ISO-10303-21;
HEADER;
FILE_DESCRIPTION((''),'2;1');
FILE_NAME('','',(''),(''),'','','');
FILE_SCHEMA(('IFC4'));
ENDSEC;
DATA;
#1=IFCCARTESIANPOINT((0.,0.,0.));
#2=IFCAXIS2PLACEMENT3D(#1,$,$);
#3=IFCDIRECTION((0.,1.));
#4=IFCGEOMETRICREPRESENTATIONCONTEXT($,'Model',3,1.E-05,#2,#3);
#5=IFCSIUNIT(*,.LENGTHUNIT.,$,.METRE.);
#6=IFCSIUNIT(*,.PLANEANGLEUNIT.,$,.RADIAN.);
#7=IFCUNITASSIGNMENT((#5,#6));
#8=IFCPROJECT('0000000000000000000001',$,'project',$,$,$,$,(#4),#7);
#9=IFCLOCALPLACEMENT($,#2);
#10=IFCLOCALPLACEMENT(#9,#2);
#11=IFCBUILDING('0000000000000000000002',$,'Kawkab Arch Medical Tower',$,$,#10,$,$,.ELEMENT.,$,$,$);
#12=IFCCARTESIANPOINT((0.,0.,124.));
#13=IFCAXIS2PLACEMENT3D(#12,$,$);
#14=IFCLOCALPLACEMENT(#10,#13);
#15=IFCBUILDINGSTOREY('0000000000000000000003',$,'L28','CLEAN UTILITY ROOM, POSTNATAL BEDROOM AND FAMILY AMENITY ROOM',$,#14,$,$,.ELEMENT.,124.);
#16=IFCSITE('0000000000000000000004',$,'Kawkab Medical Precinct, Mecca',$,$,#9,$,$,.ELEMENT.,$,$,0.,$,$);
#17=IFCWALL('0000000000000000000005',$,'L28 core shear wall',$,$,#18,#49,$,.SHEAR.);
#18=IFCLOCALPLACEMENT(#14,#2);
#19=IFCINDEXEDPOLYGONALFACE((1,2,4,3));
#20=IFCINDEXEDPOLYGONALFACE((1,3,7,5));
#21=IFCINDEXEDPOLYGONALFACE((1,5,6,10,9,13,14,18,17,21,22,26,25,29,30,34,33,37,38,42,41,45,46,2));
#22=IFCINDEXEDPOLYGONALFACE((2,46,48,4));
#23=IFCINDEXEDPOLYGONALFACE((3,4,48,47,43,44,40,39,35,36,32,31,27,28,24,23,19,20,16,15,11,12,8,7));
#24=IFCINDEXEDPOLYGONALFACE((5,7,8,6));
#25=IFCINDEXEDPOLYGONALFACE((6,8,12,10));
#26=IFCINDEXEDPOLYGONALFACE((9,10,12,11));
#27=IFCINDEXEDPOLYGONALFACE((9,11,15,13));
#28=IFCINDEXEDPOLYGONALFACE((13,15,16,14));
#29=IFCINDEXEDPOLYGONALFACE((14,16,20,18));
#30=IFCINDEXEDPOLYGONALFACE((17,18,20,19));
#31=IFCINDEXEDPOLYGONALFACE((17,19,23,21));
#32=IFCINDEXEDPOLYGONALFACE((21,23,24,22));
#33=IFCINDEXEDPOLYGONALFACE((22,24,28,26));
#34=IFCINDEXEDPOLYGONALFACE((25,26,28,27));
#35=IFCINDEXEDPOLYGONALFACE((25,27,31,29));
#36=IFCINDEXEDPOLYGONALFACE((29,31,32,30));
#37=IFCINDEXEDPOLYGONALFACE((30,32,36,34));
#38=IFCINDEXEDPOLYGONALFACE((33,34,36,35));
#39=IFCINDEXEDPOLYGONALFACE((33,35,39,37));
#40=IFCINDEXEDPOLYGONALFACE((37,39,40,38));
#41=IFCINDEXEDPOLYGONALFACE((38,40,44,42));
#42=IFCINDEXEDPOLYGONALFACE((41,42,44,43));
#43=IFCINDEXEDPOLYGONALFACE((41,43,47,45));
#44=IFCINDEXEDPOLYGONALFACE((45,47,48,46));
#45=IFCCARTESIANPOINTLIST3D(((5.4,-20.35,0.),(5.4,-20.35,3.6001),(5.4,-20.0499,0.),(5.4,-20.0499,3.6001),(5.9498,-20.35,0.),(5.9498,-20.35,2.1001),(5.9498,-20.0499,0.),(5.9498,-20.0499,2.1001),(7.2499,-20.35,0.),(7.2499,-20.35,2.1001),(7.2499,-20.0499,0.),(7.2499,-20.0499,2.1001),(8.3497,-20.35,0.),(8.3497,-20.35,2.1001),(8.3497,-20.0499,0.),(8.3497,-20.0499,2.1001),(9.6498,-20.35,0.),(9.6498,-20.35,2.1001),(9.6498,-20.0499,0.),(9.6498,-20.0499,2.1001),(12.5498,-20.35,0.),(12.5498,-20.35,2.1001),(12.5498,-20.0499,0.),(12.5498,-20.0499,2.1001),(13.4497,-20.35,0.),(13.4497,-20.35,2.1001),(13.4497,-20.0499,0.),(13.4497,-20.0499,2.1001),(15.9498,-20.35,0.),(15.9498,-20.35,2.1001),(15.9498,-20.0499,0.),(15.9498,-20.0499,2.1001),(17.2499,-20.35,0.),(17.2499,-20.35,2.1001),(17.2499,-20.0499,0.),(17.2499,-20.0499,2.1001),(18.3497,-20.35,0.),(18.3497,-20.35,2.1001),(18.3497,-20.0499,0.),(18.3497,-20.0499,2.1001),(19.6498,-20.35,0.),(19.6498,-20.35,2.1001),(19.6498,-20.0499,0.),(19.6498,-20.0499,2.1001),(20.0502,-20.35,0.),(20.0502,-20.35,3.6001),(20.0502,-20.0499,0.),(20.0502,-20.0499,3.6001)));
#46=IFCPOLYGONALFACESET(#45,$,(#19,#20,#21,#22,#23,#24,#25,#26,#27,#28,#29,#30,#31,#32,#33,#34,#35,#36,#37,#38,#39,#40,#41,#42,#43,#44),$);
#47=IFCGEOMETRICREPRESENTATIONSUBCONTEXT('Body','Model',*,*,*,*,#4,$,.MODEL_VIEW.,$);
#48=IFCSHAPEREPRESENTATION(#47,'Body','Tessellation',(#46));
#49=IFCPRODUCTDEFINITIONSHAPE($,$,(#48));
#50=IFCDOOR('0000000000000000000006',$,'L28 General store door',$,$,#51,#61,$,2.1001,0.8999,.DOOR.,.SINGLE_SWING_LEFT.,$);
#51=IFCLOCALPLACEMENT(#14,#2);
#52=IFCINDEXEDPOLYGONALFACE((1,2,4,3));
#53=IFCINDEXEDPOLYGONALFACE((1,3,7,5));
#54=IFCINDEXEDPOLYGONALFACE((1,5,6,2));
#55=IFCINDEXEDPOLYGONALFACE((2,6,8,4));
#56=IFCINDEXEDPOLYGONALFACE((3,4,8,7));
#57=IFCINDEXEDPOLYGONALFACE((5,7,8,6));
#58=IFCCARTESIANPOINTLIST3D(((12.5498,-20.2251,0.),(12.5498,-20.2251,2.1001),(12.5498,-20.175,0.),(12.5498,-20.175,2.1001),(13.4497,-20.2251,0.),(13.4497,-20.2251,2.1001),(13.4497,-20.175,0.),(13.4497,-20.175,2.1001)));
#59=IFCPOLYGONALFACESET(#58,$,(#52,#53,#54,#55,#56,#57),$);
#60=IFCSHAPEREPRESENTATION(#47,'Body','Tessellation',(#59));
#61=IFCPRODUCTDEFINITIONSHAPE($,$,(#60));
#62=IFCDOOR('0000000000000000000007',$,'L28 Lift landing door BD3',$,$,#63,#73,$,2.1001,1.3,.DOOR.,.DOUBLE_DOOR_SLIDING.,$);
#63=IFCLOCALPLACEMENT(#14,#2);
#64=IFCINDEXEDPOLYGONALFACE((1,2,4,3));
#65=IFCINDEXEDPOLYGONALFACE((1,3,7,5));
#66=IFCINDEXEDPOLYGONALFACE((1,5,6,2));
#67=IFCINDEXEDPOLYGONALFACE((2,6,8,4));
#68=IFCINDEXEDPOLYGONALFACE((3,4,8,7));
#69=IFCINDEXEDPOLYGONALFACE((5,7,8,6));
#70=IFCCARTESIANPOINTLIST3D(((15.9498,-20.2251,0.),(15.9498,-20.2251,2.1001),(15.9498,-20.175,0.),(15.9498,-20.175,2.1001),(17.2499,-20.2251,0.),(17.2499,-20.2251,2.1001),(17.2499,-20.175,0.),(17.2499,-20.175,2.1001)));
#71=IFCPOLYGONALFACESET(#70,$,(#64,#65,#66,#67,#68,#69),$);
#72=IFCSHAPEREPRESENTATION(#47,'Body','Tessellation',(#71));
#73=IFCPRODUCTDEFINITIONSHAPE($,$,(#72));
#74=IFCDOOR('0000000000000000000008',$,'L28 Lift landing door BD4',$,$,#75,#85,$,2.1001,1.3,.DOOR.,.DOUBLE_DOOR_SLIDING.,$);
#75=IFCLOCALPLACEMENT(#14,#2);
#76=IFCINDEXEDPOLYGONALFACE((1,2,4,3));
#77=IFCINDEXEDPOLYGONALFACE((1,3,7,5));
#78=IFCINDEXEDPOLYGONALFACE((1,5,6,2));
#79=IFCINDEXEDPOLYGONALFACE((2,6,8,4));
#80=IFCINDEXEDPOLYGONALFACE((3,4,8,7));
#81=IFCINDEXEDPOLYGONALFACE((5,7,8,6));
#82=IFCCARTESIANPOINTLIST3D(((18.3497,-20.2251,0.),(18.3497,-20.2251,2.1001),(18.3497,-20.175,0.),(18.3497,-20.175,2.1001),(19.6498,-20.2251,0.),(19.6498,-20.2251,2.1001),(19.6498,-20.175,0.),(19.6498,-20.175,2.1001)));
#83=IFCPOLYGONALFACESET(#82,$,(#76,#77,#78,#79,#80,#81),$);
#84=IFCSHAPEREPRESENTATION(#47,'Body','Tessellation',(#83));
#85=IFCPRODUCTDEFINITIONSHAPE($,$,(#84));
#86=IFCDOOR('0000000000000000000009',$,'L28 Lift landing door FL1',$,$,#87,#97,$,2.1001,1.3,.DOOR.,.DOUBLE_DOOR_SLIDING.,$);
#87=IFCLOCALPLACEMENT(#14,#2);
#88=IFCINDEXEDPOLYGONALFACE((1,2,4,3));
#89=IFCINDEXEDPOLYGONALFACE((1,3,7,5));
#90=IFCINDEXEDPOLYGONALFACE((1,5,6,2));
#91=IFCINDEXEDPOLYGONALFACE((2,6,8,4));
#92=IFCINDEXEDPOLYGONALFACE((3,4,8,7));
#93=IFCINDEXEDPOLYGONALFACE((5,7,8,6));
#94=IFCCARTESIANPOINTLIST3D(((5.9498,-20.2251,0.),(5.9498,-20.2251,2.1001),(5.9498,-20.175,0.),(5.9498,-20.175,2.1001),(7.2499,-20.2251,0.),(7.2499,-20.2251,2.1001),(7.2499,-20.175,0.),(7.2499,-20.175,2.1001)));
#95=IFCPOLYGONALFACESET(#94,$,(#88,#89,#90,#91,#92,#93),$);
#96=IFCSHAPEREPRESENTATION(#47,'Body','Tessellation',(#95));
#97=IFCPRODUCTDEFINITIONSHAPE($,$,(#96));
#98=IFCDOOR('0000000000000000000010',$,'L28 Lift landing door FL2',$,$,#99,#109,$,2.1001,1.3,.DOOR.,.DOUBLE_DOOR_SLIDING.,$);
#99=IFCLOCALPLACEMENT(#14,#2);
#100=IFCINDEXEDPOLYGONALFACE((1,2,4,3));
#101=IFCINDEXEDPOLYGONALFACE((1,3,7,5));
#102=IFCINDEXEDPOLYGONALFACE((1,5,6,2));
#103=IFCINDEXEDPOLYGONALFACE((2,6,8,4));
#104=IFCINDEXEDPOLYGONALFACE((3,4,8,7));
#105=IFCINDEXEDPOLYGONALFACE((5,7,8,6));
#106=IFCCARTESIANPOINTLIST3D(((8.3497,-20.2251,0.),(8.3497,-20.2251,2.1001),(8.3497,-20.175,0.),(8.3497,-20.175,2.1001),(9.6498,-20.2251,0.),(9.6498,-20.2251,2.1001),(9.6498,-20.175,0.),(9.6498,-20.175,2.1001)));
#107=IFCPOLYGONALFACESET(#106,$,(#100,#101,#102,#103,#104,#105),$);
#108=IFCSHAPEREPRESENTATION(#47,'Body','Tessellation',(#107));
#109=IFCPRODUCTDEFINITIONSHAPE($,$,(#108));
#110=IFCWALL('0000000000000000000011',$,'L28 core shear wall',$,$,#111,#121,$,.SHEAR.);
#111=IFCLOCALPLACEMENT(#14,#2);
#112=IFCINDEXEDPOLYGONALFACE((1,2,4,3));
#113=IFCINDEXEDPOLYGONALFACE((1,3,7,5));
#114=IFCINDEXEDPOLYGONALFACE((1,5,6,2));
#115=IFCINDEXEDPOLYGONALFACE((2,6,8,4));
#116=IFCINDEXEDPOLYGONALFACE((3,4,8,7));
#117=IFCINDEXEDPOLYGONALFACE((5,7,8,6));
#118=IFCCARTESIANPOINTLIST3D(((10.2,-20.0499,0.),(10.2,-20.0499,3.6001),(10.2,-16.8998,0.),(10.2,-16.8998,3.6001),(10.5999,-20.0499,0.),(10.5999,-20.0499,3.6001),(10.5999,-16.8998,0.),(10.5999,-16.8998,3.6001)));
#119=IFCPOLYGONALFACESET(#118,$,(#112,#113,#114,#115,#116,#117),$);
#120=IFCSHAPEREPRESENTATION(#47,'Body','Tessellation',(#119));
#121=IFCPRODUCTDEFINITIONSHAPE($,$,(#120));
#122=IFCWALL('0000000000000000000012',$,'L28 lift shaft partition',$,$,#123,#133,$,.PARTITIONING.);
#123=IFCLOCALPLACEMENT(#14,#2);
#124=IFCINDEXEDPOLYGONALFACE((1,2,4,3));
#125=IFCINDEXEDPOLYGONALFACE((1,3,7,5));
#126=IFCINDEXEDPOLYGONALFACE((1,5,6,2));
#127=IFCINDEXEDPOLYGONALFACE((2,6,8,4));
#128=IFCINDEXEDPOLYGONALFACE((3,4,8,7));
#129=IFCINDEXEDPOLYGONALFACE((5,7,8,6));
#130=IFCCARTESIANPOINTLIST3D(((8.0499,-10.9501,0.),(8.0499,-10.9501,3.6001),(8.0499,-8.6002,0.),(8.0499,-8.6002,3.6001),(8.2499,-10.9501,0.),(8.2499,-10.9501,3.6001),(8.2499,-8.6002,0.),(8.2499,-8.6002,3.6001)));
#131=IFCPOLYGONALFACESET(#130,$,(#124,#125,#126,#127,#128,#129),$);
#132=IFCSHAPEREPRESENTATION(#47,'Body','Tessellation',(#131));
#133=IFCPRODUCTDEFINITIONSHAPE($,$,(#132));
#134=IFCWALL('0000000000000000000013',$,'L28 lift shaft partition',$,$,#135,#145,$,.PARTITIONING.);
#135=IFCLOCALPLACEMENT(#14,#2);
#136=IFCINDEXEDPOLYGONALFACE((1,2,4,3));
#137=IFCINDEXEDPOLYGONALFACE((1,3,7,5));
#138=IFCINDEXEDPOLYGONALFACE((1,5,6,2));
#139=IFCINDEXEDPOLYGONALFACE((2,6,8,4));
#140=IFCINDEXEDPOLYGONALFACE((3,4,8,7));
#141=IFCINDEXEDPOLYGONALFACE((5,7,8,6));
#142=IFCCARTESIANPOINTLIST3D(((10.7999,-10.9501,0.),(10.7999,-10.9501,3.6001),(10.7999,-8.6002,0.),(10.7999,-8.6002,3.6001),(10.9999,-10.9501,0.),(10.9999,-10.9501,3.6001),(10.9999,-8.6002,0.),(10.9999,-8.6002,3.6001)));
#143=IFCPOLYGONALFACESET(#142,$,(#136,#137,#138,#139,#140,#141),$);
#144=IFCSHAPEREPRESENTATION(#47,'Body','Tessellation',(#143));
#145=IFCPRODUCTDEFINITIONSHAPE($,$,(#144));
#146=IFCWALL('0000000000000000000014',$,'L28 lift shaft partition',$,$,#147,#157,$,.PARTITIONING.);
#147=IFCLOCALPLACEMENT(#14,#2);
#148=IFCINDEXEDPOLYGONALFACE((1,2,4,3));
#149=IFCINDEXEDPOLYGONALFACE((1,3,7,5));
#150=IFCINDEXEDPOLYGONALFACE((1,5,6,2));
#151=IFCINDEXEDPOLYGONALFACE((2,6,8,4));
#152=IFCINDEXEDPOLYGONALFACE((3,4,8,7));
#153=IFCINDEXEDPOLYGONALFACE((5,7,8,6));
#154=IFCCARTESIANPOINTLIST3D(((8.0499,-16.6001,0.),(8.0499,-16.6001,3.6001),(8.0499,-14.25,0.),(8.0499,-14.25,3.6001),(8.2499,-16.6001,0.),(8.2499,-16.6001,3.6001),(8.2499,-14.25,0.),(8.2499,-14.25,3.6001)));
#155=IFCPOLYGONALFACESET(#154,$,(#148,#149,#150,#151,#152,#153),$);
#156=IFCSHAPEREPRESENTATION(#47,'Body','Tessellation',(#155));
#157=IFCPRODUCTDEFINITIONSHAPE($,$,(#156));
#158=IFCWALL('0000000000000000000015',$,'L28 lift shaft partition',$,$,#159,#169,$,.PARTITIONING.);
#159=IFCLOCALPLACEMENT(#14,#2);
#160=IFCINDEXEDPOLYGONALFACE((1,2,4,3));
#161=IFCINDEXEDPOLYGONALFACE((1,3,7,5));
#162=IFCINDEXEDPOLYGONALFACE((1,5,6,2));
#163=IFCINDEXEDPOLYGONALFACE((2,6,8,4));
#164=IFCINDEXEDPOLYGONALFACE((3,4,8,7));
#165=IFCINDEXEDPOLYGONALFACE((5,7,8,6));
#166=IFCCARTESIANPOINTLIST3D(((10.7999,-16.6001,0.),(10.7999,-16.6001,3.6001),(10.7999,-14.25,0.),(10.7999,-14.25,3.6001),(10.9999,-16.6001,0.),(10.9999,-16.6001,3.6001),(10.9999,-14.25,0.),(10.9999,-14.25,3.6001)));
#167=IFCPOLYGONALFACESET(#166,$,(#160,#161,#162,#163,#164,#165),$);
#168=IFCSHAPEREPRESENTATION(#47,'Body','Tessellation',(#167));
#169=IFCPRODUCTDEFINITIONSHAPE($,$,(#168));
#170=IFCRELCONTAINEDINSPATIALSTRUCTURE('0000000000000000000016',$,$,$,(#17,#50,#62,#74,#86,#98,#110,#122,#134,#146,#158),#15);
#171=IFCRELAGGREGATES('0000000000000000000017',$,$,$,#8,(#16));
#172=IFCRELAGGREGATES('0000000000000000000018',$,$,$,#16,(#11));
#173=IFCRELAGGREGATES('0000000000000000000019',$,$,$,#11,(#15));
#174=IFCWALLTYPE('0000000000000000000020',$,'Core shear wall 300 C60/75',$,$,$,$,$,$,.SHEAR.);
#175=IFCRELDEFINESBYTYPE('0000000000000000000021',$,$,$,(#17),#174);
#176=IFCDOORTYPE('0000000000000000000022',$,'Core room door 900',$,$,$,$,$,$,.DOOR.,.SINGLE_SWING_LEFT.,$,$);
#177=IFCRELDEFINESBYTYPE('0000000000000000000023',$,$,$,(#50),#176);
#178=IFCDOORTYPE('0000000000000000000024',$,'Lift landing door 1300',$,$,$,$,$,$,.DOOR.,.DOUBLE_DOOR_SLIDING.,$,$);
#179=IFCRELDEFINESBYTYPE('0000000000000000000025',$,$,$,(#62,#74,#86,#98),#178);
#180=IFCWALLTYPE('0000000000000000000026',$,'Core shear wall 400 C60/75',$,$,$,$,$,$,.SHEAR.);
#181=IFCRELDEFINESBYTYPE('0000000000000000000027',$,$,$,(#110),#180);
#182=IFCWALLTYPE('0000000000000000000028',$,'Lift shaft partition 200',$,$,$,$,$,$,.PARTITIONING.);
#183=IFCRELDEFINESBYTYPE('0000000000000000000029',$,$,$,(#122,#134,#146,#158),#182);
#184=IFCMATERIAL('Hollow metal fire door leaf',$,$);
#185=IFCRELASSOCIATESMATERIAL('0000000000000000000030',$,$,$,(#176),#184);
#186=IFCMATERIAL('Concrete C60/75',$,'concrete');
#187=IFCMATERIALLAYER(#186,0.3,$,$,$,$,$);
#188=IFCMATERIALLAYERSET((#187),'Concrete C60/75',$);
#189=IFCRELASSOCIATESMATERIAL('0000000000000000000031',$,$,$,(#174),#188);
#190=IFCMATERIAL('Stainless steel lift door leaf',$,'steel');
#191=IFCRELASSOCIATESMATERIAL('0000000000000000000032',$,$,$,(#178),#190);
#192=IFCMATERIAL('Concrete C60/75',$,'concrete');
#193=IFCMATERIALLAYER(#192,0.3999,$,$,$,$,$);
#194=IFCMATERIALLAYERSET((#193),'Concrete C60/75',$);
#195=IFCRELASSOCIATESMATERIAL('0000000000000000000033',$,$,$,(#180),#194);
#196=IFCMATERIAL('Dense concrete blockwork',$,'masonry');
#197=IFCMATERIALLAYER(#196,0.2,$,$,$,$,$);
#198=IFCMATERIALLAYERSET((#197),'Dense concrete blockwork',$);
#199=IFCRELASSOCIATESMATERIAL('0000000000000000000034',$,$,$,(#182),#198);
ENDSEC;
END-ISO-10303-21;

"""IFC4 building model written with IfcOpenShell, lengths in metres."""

from ifc_helpers import new_model, si_unit, direction, frame, frame_2d, origin, place, context, subcontext, project, spatial, rectangle, extrude, material, layer, layer_set, type_object, element, fill, save


model = new_model("IFC4")

# Units and contexts
model_context = context("Model", 3, precision=1e-05, world=origin(), true_north=direction((0.0, 1.0)))
body_context = subcontext(model_context, "Body", "Model", "MODEL_VIEW")
ifc_project = project(units=[si_unit("LENGTHUNIT", "METRE"), si_unit("PLANEANGLEUNIT", "RADIAN")], contexts=[model_context])

# Site, building, storey
site_placement = place(None, origin())
site = spatial("IfcSite", under=ifc_project, at=site_placement, Name="Kawkab Medical Precinct, Mecca", CompositionType="ELEMENT", RefElevation=0.0)
building_placement = place(site_placement, origin())
building = spatial("IfcBuilding", under=site, at=building_placement, Name="Kawkab Arch Medical Tower", CompositionType="ELEMENT")
storey_placement = place(building_placement, frame((0.0, 0.0, 124.0)))
storey = spatial("IfcBuildingStorey", under=building, at=storey_placement, Name="L28", Description="CLEAN UTILITY ROOM, POSTNATAL BEDROOM AND FAMILY AMENITY ROOM", CompositionType="ELEMENT", Elevation=124.0)

# Shared definitions
ifc_material_1 = material(Name="Hollow metal fire door leaf")
door_type_1 = type_object("IfcDoorType", Name="Core room door 900", OperationType="SINGLE_SWING_LEFT", PredefinedType="DOOR", material=ifc_material_1)

# Shared definitions
ifc_material_2 = material(Name="Concrete C60/75", Category="concrete")
ifc_layer_1 = layer(ifc_material_2, 0.3)
ifc_layer_set_1 = layer_set([ifc_layer_1], Name="Concrete C60/75")
wall_type_1 = type_object("IfcWallType", Name="Core shear wall 300 C60/75", PredefinedType="SHEAR", material=ifc_layer_set_1)

# Wall, openings, doors
wall_1_placement = place(storey_placement, frame((5.3999, -20.2, 0.0), z_axis=(0.0, 0.0, 1.0), x_axis=(1.0, 0.0, 0.0)))
wall_1 = element("IfcWall", 1, at=wall_1_placement, inside=storey, type_object=wall_type_1, Name="L28 core shear wall", PredefinedType="SHEAR", context=body_context, shape_type="SweptSolid", body=[
    extrude(rectangle(XDim=14.6501, YDim=0.3, at=frame_2d((7.3252, 0.0))), origin(), (0.0, 0.0, 1.0), 3.6001),
])
opening_1_placement = place(wall_1_placement, frame((10.55, 0.0, 0.0)))
opening_1 = element("IfcOpeningElement", 2, at=opening_1_placement, cuts=wall_1, PredefinedType="OPENING", context=body_context, shape_type="SweptSolid", body=[
    extrude(rectangle(XDim=1.3, YDim=2.1001, at=frame_2d((0.6499, 1.05))), frame((0.0, 0.1599, 0.0), z_axis=(0.0, -1.0, 0.0), x_axis=(1.0, 0.0, 0.0)), (0.0, 0.0, 1.0), 0.3201),
])
opening_2_placement = place(wall_1_placement, frame((12.95, 0.0, 0.0)))
opening_2 = element("IfcOpeningElement", 3, at=opening_2_placement, cuts=wall_1, PredefinedType="OPENING", context=body_context, shape_type="SweptSolid", body=[
    extrude(rectangle(XDim=1.3, YDim=2.1001, at=frame_2d((0.6499, 1.05))), frame((0.0, 0.1599, 0.0), z_axis=(0.0, -1.0, 0.0), x_axis=(1.0, 0.0, 0.0)), (0.0, 0.0, 1.0), 0.3201),
])
opening_3_placement = place(wall_1_placement, frame((0.55, 0.0, 0.0)))
opening_3 = element("IfcOpeningElement", 4, at=opening_3_placement, cuts=wall_1, PredefinedType="OPENING", context=body_context, shape_type="SweptSolid", body=[
    extrude(rectangle(XDim=1.3, YDim=2.1001, at=frame_2d((0.6499, 1.05))), frame((0.0, 0.1599, 0.0), z_axis=(0.0, -1.0, 0.0), x_axis=(1.0, 0.0, 0.0)), (0.0, 0.0, 1.0), 0.3201),
])
opening_4_placement = place(wall_1_placement, frame((2.95, 0.0, 0.0)))
opening_4 = element("IfcOpeningElement", 5, at=opening_4_placement, cuts=wall_1, PredefinedType="OPENING", context=body_context, shape_type="SweptSolid", body=[
    extrude(rectangle(XDim=1.3, YDim=2.1001, at=frame_2d((0.6499, 1.05))), frame((0.0, 0.1599, 0.0), z_axis=(0.0, -1.0, 0.0), x_axis=(1.0, 0.0, 0.0)), (0.0, 0.0, 1.0), 0.3201),
])
opening_5_placement = place(wall_1_placement, frame((7.1499, 0.0, 0.0)))
opening_5 = element("IfcOpeningElement", 6, at=opening_5_placement, cuts=wall_1, PredefinedType="OPENING", context=body_context, shape_type="SweptSolid", body=[
    extrude(rectangle(XDim=0.8999, YDim=2.1001, at=frame_2d((0.45, 1.05))), frame((0.0, 0.1599, 0.0), z_axis=(0.0, -1.0, 0.0), x_axis=(1.0, 0.0, 0.0)), (0.0, 0.0, 1.0), 0.3201),
])
door_1_placement = place(opening_5_placement, origin())
door_1 = element("IfcDoor", 7, at=door_1_placement, inside=storey, type_object=door_type_1, Name="L28 General store door", OperationType="SINGLE_SWING_LEFT", OverallHeight=2.1001, OverallWidth=0.8999, PredefinedType="DOOR", context=body_context, shape_type="SweptSolid", body=[
    extrude(rectangle(XDim=0.8999, YDim=2.1001, at=frame_2d((0.45, 1.05))), frame((0.0, 0.0249, 0.0), z_axis=(0.0, -1.0, 0.0), x_axis=(1.0, 0.0, 0.0)), (0.0, 0.0, 1.0), 0.05),
])
fill(opening_5, door_1)
ifc_material_3 = material(Name="Stainless steel lift door leaf", Category="steel")
door_type_2 = type_object("IfcDoorType", Name="Lift landing door 1300", OperationType="DOUBLE_DOOR_SLIDING", PredefinedType="DOOR", material=ifc_material_3)
door_2_placement = place(opening_1_placement, origin())
door_2 = element("IfcDoor", 8, at=door_2_placement, inside=storey, type_object=door_type_2, Name="L28 Lift landing door BD3", OperationType="DOUBLE_DOOR_SLIDING", OverallHeight=2.1001, OverallWidth=1.3, PredefinedType="DOOR", context=body_context, shape_type="SweptSolid", body=[
    extrude(rectangle(XDim=1.3, YDim=2.1001, at=frame_2d((0.6499, 1.05))), frame((0.0, 0.0249, 0.0), z_axis=(0.0, -1.0, 0.0), x_axis=(1.0, 0.0, 0.0)), (0.0, 0.0, 1.0), 0.05),
])
fill(opening_1, door_2)
door_3_placement = place(opening_2_placement, origin())
door_3 = element("IfcDoor", 9, at=door_3_placement, inside=storey, type_object=door_type_2, Name="L28 Lift landing door BD4", OperationType="DOUBLE_DOOR_SLIDING", OverallHeight=2.1001, OverallWidth=1.3, PredefinedType="DOOR", context=body_context, shape_type="SweptSolid", body=[
    extrude(rectangle(XDim=1.3, YDim=2.1001, at=frame_2d((0.6499, 1.05))), frame((0.0, 0.0249, 0.0), z_axis=(0.0, -1.0, 0.0), x_axis=(1.0, 0.0, 0.0)), (0.0, 0.0, 1.0), 0.05),
])
fill(opening_2, door_3)
door_4_placement = place(opening_3_placement, origin())
door_4 = element("IfcDoor", 10, at=door_4_placement, inside=storey, type_object=door_type_2, Name="L28 Lift landing door FL1", OperationType="DOUBLE_DOOR_SLIDING", OverallHeight=2.1001, OverallWidth=1.3, PredefinedType="DOOR", context=body_context, shape_type="SweptSolid", body=[
    extrude(rectangle(XDim=1.3, YDim=2.1001, at=frame_2d((0.6499, 1.05))), frame((0.0, 0.0249, 0.0), z_axis=(0.0, -1.0, 0.0), x_axis=(1.0, 0.0, 0.0)), (0.0, 0.0, 1.0), 0.05),
])
fill(opening_3, door_4)
door_5_placement = place(opening_4_placement, origin())
door_5 = element("IfcDoor", 11, at=door_5_placement, inside=storey, type_object=door_type_2, Name="L28 Lift landing door FL2", OperationType="DOUBLE_DOOR_SLIDING", OverallHeight=2.1001, OverallWidth=1.3, PredefinedType="DOOR", context=body_context, shape_type="SweptSolid", body=[
    extrude(rectangle(XDim=1.3, YDim=2.1001, at=frame_2d((0.6499, 1.05))), frame((0.0, 0.0249, 0.0), z_axis=(0.0, -1.0, 0.0), x_axis=(1.0, 0.0, 0.0)), (0.0, 0.0, 1.0), 0.05),
])
fill(opening_4, door_5)

# Walls
ifc_material_4 = material(Name="Concrete C60/75", Category="concrete")
ifc_layer_2 = layer(ifc_material_4, 0.3999)
ifc_layer_set_2 = layer_set([ifc_layer_2], Name="Concrete C60/75")
wall_type_2 = type_object("IfcWallType", Name="Core shear wall 400 C60/75", PredefinedType="SHEAR", material=ifc_layer_set_2)
wall_2_placement = place(storey_placement, frame((10.3999, -20.05, 0.0), z_axis=(0.0, 0.0, 1.0), x_axis=(0.0, 1.0, 0.0)))
element("IfcWall", 12, at=wall_2_placement, inside=storey, type_object=wall_type_2, Name="L28 core shear wall", PredefinedType="SHEAR", context=body_context, shape_type="SweptSolid", body=[
    extrude(rectangle(XDim=3.1501, YDim=0.3999, at=frame_2d((1.5752, 0.0))), origin(), (0.0, 0.0, 1.0), 3.6001),
])
ifc_material_5 = material(Name="Dense concrete blockwork", Category="masonry")
ifc_layer_3 = layer(ifc_material_5, 0.2)
ifc_layer_set_3 = layer_set([ifc_layer_3], Name="Dense concrete blockwork")
wall_type_3 = type_object("IfcWallType", Name="Lift shaft partition 200", PredefinedType="PARTITIONING", material=ifc_layer_set_3)
for number, where, z_axis, x_axis, name in (
    (13, (8.1499, -10.95, 0.0), (0.0, 0.0, 1.0), (0.0, 1.0, 0.0), "L28 lift shaft partition"),
    (14, (10.8999, -10.95, 0.0), (0.0, 0.0, 1.0), (0.0, 1.0, 0.0), "L28 lift shaft partition"),
):
    element("IfcWall", number, at=place(storey_placement, frame(where, z_axis=z_axis, x_axis=x_axis)), inside=storey, type_object=wall_type_3, Name=name, PredefinedType="PARTITIONING", context=body_context, shape_type="SweptSolid", body=[
        extrude(rectangle(XDim=2.3499, YDim=0.2, at=frame_2d((1.1748, 0.0))), origin(), (0.0, 0.0, 1.0), 3.6001),
    ])
for number, where, z_axis, x_axis, name in (
    (15, (8.1499, -16.6001, 0.0), (0.0, 0.0, 1.0), (0.0, 1.0, 0.0), "L28 lift shaft partition"),
    (16, (10.8999, -16.6001, 0.0), (0.0, 0.0, 1.0), (0.0, 1.0, 0.0), "L28 lift shaft partition"),
):
    element("IfcWall", number, at=place(storey_placement, frame(where, z_axis=z_axis, x_axis=x_axis)), inside=storey, type_object=wall_type_3, Name=name, PredefinedType="PARTITIONING", context=body_context, shape_type="SweptSolid", body=[
        extrude(rectangle(XDim=2.3501, YDim=0.2, at=frame_2d((1.175, 0.0))), origin(), (0.0, 0.0, 1.0), 3.6001),
    ])

save(model, "model.ifc")
